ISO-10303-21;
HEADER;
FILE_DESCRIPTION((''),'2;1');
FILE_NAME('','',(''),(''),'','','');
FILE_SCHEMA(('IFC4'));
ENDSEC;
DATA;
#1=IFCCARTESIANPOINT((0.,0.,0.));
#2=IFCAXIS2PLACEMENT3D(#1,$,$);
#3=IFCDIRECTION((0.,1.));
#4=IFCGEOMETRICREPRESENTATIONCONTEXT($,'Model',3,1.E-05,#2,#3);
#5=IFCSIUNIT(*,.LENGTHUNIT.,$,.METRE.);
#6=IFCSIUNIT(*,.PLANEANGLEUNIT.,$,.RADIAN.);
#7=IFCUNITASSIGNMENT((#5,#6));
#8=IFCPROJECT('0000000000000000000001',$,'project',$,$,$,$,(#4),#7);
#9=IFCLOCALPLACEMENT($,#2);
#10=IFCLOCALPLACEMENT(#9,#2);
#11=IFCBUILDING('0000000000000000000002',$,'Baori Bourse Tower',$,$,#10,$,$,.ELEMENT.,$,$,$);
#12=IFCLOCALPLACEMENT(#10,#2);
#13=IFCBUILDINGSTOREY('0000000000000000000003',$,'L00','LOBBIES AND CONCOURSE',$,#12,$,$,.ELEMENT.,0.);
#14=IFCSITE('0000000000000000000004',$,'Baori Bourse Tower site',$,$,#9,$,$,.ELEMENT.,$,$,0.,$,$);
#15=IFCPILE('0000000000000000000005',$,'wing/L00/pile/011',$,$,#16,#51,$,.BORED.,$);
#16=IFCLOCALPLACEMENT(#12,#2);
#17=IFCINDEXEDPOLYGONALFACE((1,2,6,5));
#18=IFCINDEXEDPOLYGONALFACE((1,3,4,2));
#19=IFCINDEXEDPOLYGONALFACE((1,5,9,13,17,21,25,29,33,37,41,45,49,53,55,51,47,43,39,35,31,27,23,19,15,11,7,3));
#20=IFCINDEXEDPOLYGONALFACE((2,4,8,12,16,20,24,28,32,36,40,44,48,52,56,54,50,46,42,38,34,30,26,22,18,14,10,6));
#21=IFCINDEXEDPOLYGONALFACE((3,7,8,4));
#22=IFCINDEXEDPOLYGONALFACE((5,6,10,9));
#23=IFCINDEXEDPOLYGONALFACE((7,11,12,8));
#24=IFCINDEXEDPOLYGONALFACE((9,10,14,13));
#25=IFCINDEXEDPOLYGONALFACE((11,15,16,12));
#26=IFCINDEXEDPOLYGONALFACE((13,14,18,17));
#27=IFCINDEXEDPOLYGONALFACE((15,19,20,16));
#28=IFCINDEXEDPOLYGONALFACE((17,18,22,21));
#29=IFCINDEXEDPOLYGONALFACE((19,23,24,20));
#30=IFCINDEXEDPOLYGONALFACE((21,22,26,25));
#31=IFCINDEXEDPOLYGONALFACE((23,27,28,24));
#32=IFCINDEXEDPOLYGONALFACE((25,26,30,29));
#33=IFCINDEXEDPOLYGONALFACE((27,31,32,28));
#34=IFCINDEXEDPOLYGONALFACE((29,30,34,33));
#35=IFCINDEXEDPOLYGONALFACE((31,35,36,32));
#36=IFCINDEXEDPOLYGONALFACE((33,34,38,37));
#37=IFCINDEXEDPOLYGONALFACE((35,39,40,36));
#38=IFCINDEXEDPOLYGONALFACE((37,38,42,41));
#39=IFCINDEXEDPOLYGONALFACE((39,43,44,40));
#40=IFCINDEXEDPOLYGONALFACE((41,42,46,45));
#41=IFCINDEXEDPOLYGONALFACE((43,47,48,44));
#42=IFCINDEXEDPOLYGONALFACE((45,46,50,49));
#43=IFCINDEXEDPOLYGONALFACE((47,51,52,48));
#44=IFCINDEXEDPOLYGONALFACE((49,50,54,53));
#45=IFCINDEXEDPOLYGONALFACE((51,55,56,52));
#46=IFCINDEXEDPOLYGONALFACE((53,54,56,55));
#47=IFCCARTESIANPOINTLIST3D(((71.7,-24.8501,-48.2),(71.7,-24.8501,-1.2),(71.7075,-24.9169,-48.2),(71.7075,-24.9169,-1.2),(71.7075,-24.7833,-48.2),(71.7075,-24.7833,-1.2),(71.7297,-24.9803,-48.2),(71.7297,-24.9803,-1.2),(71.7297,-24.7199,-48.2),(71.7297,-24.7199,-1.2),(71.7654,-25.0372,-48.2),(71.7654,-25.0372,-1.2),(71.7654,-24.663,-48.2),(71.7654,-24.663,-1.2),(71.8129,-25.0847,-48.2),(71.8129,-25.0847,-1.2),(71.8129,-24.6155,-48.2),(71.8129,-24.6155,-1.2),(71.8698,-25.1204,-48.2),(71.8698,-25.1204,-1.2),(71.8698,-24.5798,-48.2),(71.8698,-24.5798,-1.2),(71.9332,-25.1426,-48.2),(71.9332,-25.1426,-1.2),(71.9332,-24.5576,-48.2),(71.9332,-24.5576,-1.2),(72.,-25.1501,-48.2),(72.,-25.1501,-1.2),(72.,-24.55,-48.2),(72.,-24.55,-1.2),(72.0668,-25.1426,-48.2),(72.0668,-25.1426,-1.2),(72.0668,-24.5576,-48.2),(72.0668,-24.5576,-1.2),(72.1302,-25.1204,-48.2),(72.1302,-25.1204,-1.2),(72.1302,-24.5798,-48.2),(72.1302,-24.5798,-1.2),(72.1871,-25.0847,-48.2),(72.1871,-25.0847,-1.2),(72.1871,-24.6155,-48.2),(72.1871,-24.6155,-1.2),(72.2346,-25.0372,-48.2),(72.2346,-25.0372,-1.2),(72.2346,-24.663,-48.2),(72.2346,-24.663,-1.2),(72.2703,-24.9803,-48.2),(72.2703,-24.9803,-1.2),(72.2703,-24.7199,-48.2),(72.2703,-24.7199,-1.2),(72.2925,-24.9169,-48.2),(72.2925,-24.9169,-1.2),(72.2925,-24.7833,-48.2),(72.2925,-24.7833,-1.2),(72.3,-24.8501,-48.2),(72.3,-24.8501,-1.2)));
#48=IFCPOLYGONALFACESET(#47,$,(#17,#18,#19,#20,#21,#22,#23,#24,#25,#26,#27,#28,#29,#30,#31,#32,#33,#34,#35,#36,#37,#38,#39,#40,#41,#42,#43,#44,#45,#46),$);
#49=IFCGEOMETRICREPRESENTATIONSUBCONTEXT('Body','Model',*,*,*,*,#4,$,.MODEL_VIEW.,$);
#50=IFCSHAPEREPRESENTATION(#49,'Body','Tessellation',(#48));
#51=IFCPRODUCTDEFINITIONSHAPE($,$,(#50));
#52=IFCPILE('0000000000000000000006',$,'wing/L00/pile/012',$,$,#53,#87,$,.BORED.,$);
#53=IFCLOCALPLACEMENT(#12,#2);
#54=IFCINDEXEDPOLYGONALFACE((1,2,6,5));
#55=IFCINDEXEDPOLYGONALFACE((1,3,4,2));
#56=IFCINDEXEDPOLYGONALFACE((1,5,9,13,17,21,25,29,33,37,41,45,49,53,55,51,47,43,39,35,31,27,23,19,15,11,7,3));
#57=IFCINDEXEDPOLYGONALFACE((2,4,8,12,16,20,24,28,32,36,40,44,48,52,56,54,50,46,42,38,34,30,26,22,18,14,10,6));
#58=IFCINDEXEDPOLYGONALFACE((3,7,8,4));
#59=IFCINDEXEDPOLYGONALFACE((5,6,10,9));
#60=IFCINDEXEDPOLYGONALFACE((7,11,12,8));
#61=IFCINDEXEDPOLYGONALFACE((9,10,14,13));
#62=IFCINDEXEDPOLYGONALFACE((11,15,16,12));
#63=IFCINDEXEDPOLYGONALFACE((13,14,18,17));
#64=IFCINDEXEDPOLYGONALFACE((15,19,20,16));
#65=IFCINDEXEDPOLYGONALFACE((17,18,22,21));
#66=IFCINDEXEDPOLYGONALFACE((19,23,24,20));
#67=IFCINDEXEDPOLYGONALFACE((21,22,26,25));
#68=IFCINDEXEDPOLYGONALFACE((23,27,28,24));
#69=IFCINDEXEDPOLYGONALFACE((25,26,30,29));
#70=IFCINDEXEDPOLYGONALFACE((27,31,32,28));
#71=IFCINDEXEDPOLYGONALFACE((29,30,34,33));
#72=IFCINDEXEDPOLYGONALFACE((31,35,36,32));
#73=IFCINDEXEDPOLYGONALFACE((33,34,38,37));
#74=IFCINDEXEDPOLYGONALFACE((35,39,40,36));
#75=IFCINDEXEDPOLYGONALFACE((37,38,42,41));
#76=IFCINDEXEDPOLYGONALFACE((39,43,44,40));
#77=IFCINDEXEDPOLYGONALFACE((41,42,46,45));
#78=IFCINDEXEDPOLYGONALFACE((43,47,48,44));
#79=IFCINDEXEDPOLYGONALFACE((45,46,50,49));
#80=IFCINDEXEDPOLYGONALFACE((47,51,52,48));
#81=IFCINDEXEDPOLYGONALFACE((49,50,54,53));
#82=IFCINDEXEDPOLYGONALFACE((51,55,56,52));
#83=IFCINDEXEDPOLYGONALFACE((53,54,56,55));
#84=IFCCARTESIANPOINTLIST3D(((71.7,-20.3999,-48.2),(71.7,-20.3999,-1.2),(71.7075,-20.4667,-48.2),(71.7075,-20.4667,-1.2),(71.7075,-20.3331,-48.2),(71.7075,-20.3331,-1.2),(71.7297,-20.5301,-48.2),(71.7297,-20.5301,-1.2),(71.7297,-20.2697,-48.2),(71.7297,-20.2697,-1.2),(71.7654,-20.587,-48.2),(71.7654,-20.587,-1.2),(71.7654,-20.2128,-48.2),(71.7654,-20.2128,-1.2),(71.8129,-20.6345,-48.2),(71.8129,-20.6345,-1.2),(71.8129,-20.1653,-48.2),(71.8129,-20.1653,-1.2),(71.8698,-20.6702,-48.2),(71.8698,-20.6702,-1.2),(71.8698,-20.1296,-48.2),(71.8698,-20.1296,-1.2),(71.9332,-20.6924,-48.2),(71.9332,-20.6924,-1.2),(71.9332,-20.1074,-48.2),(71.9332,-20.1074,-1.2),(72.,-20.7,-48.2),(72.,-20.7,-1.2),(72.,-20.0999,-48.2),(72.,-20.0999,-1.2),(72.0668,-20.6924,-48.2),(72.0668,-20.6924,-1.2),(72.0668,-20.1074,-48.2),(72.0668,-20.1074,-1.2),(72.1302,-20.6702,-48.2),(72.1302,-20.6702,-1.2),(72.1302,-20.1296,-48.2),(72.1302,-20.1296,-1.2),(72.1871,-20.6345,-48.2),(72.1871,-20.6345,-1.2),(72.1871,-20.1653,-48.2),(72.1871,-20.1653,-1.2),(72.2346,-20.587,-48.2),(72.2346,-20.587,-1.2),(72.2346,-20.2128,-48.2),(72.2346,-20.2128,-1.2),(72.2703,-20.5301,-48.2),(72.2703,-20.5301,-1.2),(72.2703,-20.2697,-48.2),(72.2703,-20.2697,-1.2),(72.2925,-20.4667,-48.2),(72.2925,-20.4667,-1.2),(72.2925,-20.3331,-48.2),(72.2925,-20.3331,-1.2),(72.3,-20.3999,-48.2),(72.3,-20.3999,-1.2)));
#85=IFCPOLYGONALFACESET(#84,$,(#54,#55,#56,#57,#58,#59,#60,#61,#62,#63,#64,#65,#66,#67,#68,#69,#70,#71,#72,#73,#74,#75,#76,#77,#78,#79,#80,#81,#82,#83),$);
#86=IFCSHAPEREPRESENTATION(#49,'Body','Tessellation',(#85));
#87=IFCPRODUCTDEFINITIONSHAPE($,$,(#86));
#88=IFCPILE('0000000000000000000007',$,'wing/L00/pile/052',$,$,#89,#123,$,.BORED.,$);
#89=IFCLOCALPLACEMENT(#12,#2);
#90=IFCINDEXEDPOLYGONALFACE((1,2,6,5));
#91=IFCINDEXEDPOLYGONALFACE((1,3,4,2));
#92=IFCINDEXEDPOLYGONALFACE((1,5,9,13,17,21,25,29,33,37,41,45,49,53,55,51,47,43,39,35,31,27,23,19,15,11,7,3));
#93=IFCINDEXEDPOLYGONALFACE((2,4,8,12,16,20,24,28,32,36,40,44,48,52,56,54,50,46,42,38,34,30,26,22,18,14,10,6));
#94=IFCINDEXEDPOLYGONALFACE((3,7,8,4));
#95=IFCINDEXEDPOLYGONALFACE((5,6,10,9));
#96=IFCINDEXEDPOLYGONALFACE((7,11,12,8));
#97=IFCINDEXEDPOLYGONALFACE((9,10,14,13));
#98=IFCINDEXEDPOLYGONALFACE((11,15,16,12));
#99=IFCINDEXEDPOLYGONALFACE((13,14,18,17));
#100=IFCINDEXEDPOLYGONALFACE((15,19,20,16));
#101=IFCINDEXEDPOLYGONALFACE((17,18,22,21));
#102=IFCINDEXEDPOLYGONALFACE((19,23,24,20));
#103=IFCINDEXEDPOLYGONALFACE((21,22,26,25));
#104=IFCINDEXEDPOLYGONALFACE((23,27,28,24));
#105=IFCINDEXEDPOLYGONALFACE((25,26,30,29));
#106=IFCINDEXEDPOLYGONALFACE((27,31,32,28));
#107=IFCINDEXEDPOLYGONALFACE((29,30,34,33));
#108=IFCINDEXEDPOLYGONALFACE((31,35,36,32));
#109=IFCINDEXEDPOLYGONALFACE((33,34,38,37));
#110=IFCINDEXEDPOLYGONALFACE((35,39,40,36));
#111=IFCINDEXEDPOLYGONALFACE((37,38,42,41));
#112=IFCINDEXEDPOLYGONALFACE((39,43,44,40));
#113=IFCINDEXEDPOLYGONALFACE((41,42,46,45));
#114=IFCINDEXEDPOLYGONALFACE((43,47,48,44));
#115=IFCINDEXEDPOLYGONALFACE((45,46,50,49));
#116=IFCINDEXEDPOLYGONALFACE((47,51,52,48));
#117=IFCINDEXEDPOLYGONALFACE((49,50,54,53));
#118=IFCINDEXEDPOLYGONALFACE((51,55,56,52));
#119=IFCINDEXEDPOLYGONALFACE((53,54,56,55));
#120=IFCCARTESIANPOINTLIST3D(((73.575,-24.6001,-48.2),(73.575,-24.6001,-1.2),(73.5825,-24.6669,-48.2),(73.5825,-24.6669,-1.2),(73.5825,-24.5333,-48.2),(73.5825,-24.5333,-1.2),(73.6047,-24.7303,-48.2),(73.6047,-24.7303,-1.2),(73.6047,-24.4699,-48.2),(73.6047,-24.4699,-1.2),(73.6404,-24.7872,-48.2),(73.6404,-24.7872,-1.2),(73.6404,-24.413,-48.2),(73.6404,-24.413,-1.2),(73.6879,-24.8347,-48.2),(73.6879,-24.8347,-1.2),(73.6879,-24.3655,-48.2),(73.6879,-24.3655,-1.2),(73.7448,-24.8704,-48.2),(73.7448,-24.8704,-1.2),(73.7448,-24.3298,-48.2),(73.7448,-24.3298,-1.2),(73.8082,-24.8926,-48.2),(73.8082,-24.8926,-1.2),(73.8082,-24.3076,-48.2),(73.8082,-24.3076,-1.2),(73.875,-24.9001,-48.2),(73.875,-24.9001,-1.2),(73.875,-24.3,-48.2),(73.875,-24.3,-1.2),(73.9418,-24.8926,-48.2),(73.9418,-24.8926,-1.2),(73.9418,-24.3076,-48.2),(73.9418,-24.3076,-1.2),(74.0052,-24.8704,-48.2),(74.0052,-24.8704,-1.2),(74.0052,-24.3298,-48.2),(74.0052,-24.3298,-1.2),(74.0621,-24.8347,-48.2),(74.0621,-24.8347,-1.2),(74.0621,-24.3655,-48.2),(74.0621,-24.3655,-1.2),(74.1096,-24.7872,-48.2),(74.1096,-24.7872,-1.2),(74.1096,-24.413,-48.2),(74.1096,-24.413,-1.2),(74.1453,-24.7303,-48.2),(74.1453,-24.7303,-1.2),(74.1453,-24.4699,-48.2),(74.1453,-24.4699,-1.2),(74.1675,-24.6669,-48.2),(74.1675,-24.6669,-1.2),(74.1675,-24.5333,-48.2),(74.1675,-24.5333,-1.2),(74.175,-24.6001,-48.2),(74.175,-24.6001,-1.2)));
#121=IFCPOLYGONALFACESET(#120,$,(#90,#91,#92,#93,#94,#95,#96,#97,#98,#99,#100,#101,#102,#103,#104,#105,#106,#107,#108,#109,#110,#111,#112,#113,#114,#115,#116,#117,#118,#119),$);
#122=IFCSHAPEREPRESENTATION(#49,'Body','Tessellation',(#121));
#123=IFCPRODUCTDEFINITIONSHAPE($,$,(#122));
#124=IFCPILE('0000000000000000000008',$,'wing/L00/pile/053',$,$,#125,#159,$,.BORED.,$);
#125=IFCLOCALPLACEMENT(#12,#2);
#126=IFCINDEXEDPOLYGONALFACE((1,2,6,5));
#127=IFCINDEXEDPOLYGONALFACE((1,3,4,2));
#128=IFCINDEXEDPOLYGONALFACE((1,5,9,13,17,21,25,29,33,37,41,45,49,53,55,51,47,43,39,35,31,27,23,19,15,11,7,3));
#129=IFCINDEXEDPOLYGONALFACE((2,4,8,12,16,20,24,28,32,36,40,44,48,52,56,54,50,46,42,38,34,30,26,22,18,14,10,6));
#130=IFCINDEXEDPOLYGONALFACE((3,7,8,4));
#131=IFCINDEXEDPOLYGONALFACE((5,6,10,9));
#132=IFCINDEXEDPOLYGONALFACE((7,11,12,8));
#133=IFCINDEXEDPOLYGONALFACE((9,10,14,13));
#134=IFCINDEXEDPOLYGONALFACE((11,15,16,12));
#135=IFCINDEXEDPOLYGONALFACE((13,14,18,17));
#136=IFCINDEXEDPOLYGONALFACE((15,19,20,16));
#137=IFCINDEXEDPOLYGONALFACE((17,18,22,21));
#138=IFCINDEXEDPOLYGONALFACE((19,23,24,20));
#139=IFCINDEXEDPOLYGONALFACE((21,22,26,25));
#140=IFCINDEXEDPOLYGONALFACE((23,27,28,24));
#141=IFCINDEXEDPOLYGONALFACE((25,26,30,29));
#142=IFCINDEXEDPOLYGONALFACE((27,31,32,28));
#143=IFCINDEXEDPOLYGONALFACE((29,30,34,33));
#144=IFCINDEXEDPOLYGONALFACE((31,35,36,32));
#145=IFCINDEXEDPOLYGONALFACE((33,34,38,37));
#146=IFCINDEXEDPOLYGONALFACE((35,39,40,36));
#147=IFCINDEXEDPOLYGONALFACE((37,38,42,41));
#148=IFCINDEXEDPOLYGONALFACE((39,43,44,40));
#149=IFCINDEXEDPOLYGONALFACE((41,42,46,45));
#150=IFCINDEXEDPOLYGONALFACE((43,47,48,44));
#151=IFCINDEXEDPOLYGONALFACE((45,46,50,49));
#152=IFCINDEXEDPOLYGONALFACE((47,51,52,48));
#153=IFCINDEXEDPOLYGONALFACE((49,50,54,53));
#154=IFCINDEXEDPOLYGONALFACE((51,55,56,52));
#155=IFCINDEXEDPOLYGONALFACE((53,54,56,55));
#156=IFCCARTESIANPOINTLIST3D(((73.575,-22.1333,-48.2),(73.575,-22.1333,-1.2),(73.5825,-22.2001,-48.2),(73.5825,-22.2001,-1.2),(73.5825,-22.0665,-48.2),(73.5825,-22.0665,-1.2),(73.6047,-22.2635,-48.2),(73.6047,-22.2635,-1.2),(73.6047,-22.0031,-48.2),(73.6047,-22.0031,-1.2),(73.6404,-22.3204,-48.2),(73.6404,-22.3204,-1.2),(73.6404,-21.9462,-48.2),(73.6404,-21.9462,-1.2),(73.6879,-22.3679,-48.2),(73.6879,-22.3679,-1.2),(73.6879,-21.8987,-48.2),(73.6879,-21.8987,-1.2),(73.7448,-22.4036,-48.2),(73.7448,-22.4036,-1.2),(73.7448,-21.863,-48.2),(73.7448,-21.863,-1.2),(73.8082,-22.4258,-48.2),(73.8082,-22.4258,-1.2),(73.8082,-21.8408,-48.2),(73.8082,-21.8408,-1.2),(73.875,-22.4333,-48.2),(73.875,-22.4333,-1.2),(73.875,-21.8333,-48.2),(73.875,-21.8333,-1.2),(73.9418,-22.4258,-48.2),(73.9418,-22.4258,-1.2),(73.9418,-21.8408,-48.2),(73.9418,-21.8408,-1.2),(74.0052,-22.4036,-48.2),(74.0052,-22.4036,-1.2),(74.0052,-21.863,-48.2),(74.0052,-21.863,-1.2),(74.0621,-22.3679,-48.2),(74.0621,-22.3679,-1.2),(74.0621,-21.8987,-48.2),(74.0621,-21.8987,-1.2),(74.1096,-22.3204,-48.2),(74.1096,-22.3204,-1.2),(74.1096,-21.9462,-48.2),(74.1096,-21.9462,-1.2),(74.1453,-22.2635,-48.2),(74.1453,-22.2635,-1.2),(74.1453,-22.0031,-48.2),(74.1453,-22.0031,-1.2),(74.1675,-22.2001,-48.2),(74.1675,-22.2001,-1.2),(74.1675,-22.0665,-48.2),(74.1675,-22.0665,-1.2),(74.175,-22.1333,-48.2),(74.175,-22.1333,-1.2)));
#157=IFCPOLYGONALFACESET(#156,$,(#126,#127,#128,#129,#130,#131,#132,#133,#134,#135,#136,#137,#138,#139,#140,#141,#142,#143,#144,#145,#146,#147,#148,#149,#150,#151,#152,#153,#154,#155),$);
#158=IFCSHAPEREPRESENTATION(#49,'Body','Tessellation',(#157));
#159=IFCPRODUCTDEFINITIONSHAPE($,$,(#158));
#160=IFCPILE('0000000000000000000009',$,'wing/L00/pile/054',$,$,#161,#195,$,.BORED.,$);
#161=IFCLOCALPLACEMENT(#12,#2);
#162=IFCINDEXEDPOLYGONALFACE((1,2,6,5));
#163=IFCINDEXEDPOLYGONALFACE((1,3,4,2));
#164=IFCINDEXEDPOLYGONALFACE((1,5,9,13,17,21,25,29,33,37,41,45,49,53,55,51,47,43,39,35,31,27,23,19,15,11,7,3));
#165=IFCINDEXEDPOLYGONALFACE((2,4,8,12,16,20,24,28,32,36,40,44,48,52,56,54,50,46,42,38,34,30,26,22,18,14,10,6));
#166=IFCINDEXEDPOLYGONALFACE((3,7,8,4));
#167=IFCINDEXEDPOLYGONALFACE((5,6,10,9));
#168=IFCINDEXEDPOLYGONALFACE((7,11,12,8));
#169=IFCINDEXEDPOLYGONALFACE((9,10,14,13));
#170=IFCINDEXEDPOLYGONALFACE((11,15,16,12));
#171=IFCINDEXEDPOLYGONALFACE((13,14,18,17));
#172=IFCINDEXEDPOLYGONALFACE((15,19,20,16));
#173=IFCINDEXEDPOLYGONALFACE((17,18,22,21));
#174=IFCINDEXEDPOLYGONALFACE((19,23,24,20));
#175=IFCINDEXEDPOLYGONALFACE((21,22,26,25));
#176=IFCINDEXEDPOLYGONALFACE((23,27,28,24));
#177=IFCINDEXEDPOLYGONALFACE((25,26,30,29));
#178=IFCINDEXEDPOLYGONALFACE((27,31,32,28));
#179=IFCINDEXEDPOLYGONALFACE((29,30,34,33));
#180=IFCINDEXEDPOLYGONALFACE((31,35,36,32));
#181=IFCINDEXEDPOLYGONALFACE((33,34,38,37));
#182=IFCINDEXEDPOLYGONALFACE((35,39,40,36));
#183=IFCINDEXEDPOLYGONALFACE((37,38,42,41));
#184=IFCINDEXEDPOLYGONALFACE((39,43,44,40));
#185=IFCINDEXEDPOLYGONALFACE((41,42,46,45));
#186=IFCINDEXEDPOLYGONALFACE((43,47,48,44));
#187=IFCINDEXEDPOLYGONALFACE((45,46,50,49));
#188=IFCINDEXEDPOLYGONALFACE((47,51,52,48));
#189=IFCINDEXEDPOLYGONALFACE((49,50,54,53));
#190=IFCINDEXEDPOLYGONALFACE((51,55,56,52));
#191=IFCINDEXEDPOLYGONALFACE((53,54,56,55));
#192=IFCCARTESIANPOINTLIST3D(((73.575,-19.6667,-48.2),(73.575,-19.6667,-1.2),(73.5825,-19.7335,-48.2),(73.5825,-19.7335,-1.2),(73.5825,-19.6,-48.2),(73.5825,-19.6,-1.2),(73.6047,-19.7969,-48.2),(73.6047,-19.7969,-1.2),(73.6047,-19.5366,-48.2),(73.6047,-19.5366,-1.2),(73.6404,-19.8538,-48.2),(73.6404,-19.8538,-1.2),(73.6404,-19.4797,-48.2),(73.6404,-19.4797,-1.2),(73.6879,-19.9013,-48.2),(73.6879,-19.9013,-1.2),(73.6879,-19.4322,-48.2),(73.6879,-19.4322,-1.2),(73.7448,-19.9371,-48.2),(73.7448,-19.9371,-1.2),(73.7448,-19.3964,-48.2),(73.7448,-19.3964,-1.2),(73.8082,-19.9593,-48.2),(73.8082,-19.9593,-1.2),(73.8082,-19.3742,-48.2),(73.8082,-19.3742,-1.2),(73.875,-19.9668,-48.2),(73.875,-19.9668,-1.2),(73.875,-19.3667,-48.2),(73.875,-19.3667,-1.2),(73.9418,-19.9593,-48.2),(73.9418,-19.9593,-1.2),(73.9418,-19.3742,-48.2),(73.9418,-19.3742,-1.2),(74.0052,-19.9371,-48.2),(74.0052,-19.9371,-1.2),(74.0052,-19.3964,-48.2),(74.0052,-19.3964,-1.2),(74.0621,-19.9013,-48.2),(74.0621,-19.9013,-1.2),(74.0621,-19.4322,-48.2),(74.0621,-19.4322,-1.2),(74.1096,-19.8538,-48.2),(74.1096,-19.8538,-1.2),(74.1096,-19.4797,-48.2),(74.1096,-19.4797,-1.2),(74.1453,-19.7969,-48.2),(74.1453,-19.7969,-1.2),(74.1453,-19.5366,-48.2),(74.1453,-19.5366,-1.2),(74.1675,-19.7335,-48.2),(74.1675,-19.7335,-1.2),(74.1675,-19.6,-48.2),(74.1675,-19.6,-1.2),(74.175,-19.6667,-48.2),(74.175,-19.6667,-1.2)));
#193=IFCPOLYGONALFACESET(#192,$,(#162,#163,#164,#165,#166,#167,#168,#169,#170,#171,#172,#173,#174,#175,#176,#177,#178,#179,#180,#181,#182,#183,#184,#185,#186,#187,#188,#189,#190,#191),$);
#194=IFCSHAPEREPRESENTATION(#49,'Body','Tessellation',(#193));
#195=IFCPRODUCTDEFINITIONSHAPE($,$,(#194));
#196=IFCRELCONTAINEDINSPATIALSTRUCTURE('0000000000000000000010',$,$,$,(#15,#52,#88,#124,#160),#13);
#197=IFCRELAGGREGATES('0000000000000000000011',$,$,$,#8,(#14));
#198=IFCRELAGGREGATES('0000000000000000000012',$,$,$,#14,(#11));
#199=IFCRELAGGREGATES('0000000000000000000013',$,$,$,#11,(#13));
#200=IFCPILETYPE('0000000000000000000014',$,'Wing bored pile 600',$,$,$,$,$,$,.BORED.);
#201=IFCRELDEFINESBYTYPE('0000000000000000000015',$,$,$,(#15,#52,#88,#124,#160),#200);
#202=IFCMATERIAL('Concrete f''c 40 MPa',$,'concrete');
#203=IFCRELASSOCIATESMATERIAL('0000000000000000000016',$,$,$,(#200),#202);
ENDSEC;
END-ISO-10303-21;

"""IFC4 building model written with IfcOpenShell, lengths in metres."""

from ifc_helpers import new_model, si_unit, direction, frame, origin, origin_2d, place, context, subcontext, project, spatial, circle, extrude, material, material_profile, profile_set, type_object, element, save


model = new_model("IFC4")

# Units and contexts
model_context = context("Model", 3, precision=1e-05, world=origin(), true_north=direction((0.0, 1.0)))
body_context = subcontext(model_context, "Body", "Model", "MODEL_VIEW")
ifc_project = project(units=[si_unit("LENGTHUNIT", "METRE"), si_unit("PLANEANGLEUNIT", "RADIAN")], contexts=[model_context])

# Site, building, storey
site_placement = place(None, origin())
site = spatial("IfcSite", under=ifc_project, at=site_placement, Name="Baori Bourse Tower site", CompositionType="ELEMENT", RefElevation=0.0)
building_placement = place(site_placement, origin())
building = spatial("IfcBuilding", under=site, at=building_placement, Name="Baori Bourse Tower", CompositionType="ELEMENT")
storey_placement = place(building_placement, origin())
storey = spatial("IfcBuildingStorey", under=building, at=storey_placement, Name="L00", Description="LOBBIES AND CONCOURSE", CompositionType="ELEMENT", Elevation=0.0)

# Piles
ifc_material_1 = material(Name="Concrete f'c 40 MPa", Category="concrete")
ifc_material_profile_1 = material_profile(ifc_material_1, circle(Radius=0.3, at=origin_2d()), Name="Wing bored pile 600")
ifc_profile_set_1 = profile_set([ifc_material_profile_1], Name="Concrete f'c 40 MPa")
pile_type = type_object("IfcPileType", Name="Wing bored pile 600", PredefinedType="BORED", material=ifc_profile_set_1)
for number, where, z_axis, x_axis, name in (
    (1, (72.0, -24.8501, -1.2), (0.0, 0.0, -1.0), (1.0, 0.0, 0.0), "wing/L00/pile/011"),
    (2, (72.0, -20.3999, -1.2), (0.0, 0.0, -1.0), (1.0, 0.0, 0.0), "wing/L00/pile/012"),
    (3, (73.875, -24.6001, -1.2), (0.0, 0.0, -1.0), (1.0, 0.0, 0.0), "wing/L00/pile/052"),
    (4, (73.875, -22.1333, -1.2), (0.0, 0.0, -1.0), (1.0, 0.0, 0.0), "wing/L00/pile/053"),
    (5, (73.875, -19.6667, -1.2), (0.0, 0.0, -1.0), (1.0, 0.0, 0.0), "wing/L00/pile/054"),
):
    element("IfcPile", number, at=place(storey_placement, frame(where, z_axis=z_axis, x_axis=x_axis)), inside=storey, type_object=pile_type, Name=name, PredefinedType="BORED", context=body_context, shape_type="SweptSolid", body=[
        extrude(circle(Radius=0.3, at=origin_2d()), origin(), (0.0, 0.0, 1.0), 47.0),
    ])

save(model, "model.ifc")
